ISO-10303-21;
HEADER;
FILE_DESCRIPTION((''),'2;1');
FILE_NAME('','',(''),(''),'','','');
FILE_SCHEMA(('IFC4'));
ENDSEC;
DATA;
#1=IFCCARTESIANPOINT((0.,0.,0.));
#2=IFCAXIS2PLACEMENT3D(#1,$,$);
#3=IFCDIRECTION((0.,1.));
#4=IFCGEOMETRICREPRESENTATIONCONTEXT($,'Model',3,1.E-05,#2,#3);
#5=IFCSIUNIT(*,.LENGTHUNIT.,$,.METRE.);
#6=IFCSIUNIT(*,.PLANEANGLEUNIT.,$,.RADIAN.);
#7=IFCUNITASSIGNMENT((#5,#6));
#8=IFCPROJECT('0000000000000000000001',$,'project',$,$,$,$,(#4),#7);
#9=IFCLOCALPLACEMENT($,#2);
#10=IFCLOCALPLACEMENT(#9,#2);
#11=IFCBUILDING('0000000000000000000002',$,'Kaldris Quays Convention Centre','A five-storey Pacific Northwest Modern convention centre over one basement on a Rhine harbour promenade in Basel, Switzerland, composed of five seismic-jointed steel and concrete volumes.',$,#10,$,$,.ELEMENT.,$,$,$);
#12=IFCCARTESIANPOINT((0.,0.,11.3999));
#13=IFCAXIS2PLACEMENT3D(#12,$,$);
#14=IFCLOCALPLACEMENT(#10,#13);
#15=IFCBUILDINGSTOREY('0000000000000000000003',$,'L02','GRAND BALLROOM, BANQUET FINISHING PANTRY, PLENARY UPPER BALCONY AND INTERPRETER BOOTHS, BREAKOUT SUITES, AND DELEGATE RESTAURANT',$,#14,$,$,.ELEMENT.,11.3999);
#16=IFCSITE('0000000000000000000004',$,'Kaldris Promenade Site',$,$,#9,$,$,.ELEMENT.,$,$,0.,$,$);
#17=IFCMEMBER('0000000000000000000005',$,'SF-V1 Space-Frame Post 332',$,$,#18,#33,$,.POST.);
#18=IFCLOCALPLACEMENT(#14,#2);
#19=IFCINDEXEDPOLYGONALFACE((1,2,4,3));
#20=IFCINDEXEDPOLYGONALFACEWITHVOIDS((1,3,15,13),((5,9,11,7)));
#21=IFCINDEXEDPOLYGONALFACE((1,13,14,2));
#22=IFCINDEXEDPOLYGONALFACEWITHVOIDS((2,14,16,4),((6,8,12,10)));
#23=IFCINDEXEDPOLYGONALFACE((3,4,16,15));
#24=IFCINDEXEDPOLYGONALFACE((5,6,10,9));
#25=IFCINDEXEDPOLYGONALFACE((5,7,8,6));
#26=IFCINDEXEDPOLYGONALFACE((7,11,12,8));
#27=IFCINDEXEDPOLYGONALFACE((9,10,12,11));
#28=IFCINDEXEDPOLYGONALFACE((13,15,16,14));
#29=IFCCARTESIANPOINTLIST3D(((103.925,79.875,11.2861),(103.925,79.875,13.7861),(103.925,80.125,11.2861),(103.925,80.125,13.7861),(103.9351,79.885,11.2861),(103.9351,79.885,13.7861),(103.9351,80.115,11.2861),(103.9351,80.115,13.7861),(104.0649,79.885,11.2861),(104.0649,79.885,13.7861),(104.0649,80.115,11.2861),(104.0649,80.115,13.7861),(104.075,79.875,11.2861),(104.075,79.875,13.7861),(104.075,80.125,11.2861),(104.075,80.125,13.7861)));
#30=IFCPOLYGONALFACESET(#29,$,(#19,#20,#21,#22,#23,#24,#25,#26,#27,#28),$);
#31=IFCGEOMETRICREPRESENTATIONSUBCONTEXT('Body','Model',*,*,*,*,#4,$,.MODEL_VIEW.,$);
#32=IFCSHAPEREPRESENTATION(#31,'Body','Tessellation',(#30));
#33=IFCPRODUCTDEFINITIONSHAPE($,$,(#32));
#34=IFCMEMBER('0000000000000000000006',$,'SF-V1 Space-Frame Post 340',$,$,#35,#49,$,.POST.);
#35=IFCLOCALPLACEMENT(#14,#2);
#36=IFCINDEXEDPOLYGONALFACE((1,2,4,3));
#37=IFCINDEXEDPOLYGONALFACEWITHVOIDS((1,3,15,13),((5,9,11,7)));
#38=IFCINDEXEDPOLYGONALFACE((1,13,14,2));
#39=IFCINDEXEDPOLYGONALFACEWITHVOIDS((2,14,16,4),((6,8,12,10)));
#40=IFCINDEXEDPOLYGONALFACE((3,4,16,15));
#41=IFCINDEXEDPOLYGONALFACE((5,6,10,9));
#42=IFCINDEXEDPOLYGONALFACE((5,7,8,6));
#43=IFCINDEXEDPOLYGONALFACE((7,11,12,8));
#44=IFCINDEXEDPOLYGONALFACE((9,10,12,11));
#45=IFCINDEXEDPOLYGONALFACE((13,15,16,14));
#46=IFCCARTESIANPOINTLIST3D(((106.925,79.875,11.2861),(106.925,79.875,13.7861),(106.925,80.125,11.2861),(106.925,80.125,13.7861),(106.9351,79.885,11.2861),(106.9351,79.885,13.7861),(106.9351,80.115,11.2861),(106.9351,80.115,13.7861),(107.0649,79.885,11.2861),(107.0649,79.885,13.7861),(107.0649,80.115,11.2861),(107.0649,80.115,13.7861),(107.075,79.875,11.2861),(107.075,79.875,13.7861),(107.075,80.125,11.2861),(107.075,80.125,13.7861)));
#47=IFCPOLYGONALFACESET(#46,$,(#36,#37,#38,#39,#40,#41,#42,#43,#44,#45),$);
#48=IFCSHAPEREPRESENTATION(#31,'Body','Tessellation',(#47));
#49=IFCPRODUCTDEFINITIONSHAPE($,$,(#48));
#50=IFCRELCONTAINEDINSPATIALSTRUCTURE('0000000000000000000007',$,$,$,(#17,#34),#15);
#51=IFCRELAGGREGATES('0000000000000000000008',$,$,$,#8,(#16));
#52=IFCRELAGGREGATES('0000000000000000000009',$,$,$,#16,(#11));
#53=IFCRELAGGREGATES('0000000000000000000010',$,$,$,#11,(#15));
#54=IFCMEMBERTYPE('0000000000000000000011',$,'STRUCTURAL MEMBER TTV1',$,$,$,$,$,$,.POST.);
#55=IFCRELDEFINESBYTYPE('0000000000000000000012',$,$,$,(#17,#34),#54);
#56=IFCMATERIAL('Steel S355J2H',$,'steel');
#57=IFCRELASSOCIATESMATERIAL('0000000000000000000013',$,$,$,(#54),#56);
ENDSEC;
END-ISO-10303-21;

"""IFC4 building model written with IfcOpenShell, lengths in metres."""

from ifc_helpers import new_model, si_unit, direction, frame, origin, origin_2d, place, context, subcontext, project, spatial, hollow_rectangle, extrude, material, material_profile, profile_set, type_object, element, save


model = new_model("IFC4")

# Units and contexts
model_context = context("Model", 3, precision=1e-05, world=origin(), true_north=direction((0.0, 1.0)))
body_context = subcontext(model_context, "Body", "Model", "MODEL_VIEW")
ifc_project = project(units=[si_unit("LENGTHUNIT", "METRE"), si_unit("PLANEANGLEUNIT", "RADIAN")], contexts=[model_context])

# Site, building, storey
site_placement = place(None, origin())
site = spatial("IfcSite", under=ifc_project, at=site_placement, Name="Kaldris Promenade Site", CompositionType="ELEMENT", RefElevation=0.0)
building_placement = place(site_placement, origin())
building = spatial("IfcBuilding", under=site, at=building_placement, Name="Kaldris Quays Convention Centre", Description="A five-storey Pacific Northwest Modern convention centre over one basement on a Rhine harbour promenade in Basel, Switzerland, composed of five seismic-jointed steel and concrete volumes.", CompositionType="ELEMENT")
storey_placement = place(building_placement, frame((0.0, 0.0, 11.3999)))
storey = spatial("IfcBuildingStorey", under=building, at=storey_placement, Name="L02", Description="GRAND BALLROOM, BANQUET FINISHING PANTRY, PLENARY UPPER BALCONY AND INTERPRETER BOOTHS, BREAKOUT SUITES, AND DELEGATE RESTAURANT", CompositionType="ELEMENT", Elevation=11.3999)

# Members
ifc_material = material(Name="Steel S355J2H", Category="steel")
ifc_material_profile_1 = material_profile(ifc_material, hollow_rectangle(XDim=0.1499, YDim=0.25, WallThickness=0.01, at=origin_2d()), Name="RHS 250x150x10")
ifc_profile_set_1 = profile_set([ifc_material_profile_1], Name="Steel S355J2H")
member_type_1 = type_object("IfcMemberType", Name="STRUCTURAL MEMBER TTV1", PredefinedType="POST", material=ifc_profile_set_1)
for number, where, z_axis, x_axis, name in (
    (1, (104.0, 80.0, 11.2861), (0.0, 0.0, 1.0), (1.0, 0.0, 0.0), "SF-V1 Space-Frame Post 332"),
    (2, (107.0, 80.0, 11.2861), (0.0, 0.0, 1.0), (1.0, 0.0, 0.0), "SF-V1 Space-Frame Post 340"),
):
    element("IfcMember", number, at=place(storey_placement, frame(where, z_axis=z_axis, x_axis=x_axis)), inside=storey, type_object=member_type_1, Name=name, PredefinedType="POST", context=body_context, shape_type="SweptSolid", body=[
        extrude(hollow_rectangle(XDim=0.1499, YDim=0.25, WallThickness=0.01, at=origin_2d()), origin(), (0.0, 0.0, 1.0), 2.5),
    ])

save(model, "model.ifc")
